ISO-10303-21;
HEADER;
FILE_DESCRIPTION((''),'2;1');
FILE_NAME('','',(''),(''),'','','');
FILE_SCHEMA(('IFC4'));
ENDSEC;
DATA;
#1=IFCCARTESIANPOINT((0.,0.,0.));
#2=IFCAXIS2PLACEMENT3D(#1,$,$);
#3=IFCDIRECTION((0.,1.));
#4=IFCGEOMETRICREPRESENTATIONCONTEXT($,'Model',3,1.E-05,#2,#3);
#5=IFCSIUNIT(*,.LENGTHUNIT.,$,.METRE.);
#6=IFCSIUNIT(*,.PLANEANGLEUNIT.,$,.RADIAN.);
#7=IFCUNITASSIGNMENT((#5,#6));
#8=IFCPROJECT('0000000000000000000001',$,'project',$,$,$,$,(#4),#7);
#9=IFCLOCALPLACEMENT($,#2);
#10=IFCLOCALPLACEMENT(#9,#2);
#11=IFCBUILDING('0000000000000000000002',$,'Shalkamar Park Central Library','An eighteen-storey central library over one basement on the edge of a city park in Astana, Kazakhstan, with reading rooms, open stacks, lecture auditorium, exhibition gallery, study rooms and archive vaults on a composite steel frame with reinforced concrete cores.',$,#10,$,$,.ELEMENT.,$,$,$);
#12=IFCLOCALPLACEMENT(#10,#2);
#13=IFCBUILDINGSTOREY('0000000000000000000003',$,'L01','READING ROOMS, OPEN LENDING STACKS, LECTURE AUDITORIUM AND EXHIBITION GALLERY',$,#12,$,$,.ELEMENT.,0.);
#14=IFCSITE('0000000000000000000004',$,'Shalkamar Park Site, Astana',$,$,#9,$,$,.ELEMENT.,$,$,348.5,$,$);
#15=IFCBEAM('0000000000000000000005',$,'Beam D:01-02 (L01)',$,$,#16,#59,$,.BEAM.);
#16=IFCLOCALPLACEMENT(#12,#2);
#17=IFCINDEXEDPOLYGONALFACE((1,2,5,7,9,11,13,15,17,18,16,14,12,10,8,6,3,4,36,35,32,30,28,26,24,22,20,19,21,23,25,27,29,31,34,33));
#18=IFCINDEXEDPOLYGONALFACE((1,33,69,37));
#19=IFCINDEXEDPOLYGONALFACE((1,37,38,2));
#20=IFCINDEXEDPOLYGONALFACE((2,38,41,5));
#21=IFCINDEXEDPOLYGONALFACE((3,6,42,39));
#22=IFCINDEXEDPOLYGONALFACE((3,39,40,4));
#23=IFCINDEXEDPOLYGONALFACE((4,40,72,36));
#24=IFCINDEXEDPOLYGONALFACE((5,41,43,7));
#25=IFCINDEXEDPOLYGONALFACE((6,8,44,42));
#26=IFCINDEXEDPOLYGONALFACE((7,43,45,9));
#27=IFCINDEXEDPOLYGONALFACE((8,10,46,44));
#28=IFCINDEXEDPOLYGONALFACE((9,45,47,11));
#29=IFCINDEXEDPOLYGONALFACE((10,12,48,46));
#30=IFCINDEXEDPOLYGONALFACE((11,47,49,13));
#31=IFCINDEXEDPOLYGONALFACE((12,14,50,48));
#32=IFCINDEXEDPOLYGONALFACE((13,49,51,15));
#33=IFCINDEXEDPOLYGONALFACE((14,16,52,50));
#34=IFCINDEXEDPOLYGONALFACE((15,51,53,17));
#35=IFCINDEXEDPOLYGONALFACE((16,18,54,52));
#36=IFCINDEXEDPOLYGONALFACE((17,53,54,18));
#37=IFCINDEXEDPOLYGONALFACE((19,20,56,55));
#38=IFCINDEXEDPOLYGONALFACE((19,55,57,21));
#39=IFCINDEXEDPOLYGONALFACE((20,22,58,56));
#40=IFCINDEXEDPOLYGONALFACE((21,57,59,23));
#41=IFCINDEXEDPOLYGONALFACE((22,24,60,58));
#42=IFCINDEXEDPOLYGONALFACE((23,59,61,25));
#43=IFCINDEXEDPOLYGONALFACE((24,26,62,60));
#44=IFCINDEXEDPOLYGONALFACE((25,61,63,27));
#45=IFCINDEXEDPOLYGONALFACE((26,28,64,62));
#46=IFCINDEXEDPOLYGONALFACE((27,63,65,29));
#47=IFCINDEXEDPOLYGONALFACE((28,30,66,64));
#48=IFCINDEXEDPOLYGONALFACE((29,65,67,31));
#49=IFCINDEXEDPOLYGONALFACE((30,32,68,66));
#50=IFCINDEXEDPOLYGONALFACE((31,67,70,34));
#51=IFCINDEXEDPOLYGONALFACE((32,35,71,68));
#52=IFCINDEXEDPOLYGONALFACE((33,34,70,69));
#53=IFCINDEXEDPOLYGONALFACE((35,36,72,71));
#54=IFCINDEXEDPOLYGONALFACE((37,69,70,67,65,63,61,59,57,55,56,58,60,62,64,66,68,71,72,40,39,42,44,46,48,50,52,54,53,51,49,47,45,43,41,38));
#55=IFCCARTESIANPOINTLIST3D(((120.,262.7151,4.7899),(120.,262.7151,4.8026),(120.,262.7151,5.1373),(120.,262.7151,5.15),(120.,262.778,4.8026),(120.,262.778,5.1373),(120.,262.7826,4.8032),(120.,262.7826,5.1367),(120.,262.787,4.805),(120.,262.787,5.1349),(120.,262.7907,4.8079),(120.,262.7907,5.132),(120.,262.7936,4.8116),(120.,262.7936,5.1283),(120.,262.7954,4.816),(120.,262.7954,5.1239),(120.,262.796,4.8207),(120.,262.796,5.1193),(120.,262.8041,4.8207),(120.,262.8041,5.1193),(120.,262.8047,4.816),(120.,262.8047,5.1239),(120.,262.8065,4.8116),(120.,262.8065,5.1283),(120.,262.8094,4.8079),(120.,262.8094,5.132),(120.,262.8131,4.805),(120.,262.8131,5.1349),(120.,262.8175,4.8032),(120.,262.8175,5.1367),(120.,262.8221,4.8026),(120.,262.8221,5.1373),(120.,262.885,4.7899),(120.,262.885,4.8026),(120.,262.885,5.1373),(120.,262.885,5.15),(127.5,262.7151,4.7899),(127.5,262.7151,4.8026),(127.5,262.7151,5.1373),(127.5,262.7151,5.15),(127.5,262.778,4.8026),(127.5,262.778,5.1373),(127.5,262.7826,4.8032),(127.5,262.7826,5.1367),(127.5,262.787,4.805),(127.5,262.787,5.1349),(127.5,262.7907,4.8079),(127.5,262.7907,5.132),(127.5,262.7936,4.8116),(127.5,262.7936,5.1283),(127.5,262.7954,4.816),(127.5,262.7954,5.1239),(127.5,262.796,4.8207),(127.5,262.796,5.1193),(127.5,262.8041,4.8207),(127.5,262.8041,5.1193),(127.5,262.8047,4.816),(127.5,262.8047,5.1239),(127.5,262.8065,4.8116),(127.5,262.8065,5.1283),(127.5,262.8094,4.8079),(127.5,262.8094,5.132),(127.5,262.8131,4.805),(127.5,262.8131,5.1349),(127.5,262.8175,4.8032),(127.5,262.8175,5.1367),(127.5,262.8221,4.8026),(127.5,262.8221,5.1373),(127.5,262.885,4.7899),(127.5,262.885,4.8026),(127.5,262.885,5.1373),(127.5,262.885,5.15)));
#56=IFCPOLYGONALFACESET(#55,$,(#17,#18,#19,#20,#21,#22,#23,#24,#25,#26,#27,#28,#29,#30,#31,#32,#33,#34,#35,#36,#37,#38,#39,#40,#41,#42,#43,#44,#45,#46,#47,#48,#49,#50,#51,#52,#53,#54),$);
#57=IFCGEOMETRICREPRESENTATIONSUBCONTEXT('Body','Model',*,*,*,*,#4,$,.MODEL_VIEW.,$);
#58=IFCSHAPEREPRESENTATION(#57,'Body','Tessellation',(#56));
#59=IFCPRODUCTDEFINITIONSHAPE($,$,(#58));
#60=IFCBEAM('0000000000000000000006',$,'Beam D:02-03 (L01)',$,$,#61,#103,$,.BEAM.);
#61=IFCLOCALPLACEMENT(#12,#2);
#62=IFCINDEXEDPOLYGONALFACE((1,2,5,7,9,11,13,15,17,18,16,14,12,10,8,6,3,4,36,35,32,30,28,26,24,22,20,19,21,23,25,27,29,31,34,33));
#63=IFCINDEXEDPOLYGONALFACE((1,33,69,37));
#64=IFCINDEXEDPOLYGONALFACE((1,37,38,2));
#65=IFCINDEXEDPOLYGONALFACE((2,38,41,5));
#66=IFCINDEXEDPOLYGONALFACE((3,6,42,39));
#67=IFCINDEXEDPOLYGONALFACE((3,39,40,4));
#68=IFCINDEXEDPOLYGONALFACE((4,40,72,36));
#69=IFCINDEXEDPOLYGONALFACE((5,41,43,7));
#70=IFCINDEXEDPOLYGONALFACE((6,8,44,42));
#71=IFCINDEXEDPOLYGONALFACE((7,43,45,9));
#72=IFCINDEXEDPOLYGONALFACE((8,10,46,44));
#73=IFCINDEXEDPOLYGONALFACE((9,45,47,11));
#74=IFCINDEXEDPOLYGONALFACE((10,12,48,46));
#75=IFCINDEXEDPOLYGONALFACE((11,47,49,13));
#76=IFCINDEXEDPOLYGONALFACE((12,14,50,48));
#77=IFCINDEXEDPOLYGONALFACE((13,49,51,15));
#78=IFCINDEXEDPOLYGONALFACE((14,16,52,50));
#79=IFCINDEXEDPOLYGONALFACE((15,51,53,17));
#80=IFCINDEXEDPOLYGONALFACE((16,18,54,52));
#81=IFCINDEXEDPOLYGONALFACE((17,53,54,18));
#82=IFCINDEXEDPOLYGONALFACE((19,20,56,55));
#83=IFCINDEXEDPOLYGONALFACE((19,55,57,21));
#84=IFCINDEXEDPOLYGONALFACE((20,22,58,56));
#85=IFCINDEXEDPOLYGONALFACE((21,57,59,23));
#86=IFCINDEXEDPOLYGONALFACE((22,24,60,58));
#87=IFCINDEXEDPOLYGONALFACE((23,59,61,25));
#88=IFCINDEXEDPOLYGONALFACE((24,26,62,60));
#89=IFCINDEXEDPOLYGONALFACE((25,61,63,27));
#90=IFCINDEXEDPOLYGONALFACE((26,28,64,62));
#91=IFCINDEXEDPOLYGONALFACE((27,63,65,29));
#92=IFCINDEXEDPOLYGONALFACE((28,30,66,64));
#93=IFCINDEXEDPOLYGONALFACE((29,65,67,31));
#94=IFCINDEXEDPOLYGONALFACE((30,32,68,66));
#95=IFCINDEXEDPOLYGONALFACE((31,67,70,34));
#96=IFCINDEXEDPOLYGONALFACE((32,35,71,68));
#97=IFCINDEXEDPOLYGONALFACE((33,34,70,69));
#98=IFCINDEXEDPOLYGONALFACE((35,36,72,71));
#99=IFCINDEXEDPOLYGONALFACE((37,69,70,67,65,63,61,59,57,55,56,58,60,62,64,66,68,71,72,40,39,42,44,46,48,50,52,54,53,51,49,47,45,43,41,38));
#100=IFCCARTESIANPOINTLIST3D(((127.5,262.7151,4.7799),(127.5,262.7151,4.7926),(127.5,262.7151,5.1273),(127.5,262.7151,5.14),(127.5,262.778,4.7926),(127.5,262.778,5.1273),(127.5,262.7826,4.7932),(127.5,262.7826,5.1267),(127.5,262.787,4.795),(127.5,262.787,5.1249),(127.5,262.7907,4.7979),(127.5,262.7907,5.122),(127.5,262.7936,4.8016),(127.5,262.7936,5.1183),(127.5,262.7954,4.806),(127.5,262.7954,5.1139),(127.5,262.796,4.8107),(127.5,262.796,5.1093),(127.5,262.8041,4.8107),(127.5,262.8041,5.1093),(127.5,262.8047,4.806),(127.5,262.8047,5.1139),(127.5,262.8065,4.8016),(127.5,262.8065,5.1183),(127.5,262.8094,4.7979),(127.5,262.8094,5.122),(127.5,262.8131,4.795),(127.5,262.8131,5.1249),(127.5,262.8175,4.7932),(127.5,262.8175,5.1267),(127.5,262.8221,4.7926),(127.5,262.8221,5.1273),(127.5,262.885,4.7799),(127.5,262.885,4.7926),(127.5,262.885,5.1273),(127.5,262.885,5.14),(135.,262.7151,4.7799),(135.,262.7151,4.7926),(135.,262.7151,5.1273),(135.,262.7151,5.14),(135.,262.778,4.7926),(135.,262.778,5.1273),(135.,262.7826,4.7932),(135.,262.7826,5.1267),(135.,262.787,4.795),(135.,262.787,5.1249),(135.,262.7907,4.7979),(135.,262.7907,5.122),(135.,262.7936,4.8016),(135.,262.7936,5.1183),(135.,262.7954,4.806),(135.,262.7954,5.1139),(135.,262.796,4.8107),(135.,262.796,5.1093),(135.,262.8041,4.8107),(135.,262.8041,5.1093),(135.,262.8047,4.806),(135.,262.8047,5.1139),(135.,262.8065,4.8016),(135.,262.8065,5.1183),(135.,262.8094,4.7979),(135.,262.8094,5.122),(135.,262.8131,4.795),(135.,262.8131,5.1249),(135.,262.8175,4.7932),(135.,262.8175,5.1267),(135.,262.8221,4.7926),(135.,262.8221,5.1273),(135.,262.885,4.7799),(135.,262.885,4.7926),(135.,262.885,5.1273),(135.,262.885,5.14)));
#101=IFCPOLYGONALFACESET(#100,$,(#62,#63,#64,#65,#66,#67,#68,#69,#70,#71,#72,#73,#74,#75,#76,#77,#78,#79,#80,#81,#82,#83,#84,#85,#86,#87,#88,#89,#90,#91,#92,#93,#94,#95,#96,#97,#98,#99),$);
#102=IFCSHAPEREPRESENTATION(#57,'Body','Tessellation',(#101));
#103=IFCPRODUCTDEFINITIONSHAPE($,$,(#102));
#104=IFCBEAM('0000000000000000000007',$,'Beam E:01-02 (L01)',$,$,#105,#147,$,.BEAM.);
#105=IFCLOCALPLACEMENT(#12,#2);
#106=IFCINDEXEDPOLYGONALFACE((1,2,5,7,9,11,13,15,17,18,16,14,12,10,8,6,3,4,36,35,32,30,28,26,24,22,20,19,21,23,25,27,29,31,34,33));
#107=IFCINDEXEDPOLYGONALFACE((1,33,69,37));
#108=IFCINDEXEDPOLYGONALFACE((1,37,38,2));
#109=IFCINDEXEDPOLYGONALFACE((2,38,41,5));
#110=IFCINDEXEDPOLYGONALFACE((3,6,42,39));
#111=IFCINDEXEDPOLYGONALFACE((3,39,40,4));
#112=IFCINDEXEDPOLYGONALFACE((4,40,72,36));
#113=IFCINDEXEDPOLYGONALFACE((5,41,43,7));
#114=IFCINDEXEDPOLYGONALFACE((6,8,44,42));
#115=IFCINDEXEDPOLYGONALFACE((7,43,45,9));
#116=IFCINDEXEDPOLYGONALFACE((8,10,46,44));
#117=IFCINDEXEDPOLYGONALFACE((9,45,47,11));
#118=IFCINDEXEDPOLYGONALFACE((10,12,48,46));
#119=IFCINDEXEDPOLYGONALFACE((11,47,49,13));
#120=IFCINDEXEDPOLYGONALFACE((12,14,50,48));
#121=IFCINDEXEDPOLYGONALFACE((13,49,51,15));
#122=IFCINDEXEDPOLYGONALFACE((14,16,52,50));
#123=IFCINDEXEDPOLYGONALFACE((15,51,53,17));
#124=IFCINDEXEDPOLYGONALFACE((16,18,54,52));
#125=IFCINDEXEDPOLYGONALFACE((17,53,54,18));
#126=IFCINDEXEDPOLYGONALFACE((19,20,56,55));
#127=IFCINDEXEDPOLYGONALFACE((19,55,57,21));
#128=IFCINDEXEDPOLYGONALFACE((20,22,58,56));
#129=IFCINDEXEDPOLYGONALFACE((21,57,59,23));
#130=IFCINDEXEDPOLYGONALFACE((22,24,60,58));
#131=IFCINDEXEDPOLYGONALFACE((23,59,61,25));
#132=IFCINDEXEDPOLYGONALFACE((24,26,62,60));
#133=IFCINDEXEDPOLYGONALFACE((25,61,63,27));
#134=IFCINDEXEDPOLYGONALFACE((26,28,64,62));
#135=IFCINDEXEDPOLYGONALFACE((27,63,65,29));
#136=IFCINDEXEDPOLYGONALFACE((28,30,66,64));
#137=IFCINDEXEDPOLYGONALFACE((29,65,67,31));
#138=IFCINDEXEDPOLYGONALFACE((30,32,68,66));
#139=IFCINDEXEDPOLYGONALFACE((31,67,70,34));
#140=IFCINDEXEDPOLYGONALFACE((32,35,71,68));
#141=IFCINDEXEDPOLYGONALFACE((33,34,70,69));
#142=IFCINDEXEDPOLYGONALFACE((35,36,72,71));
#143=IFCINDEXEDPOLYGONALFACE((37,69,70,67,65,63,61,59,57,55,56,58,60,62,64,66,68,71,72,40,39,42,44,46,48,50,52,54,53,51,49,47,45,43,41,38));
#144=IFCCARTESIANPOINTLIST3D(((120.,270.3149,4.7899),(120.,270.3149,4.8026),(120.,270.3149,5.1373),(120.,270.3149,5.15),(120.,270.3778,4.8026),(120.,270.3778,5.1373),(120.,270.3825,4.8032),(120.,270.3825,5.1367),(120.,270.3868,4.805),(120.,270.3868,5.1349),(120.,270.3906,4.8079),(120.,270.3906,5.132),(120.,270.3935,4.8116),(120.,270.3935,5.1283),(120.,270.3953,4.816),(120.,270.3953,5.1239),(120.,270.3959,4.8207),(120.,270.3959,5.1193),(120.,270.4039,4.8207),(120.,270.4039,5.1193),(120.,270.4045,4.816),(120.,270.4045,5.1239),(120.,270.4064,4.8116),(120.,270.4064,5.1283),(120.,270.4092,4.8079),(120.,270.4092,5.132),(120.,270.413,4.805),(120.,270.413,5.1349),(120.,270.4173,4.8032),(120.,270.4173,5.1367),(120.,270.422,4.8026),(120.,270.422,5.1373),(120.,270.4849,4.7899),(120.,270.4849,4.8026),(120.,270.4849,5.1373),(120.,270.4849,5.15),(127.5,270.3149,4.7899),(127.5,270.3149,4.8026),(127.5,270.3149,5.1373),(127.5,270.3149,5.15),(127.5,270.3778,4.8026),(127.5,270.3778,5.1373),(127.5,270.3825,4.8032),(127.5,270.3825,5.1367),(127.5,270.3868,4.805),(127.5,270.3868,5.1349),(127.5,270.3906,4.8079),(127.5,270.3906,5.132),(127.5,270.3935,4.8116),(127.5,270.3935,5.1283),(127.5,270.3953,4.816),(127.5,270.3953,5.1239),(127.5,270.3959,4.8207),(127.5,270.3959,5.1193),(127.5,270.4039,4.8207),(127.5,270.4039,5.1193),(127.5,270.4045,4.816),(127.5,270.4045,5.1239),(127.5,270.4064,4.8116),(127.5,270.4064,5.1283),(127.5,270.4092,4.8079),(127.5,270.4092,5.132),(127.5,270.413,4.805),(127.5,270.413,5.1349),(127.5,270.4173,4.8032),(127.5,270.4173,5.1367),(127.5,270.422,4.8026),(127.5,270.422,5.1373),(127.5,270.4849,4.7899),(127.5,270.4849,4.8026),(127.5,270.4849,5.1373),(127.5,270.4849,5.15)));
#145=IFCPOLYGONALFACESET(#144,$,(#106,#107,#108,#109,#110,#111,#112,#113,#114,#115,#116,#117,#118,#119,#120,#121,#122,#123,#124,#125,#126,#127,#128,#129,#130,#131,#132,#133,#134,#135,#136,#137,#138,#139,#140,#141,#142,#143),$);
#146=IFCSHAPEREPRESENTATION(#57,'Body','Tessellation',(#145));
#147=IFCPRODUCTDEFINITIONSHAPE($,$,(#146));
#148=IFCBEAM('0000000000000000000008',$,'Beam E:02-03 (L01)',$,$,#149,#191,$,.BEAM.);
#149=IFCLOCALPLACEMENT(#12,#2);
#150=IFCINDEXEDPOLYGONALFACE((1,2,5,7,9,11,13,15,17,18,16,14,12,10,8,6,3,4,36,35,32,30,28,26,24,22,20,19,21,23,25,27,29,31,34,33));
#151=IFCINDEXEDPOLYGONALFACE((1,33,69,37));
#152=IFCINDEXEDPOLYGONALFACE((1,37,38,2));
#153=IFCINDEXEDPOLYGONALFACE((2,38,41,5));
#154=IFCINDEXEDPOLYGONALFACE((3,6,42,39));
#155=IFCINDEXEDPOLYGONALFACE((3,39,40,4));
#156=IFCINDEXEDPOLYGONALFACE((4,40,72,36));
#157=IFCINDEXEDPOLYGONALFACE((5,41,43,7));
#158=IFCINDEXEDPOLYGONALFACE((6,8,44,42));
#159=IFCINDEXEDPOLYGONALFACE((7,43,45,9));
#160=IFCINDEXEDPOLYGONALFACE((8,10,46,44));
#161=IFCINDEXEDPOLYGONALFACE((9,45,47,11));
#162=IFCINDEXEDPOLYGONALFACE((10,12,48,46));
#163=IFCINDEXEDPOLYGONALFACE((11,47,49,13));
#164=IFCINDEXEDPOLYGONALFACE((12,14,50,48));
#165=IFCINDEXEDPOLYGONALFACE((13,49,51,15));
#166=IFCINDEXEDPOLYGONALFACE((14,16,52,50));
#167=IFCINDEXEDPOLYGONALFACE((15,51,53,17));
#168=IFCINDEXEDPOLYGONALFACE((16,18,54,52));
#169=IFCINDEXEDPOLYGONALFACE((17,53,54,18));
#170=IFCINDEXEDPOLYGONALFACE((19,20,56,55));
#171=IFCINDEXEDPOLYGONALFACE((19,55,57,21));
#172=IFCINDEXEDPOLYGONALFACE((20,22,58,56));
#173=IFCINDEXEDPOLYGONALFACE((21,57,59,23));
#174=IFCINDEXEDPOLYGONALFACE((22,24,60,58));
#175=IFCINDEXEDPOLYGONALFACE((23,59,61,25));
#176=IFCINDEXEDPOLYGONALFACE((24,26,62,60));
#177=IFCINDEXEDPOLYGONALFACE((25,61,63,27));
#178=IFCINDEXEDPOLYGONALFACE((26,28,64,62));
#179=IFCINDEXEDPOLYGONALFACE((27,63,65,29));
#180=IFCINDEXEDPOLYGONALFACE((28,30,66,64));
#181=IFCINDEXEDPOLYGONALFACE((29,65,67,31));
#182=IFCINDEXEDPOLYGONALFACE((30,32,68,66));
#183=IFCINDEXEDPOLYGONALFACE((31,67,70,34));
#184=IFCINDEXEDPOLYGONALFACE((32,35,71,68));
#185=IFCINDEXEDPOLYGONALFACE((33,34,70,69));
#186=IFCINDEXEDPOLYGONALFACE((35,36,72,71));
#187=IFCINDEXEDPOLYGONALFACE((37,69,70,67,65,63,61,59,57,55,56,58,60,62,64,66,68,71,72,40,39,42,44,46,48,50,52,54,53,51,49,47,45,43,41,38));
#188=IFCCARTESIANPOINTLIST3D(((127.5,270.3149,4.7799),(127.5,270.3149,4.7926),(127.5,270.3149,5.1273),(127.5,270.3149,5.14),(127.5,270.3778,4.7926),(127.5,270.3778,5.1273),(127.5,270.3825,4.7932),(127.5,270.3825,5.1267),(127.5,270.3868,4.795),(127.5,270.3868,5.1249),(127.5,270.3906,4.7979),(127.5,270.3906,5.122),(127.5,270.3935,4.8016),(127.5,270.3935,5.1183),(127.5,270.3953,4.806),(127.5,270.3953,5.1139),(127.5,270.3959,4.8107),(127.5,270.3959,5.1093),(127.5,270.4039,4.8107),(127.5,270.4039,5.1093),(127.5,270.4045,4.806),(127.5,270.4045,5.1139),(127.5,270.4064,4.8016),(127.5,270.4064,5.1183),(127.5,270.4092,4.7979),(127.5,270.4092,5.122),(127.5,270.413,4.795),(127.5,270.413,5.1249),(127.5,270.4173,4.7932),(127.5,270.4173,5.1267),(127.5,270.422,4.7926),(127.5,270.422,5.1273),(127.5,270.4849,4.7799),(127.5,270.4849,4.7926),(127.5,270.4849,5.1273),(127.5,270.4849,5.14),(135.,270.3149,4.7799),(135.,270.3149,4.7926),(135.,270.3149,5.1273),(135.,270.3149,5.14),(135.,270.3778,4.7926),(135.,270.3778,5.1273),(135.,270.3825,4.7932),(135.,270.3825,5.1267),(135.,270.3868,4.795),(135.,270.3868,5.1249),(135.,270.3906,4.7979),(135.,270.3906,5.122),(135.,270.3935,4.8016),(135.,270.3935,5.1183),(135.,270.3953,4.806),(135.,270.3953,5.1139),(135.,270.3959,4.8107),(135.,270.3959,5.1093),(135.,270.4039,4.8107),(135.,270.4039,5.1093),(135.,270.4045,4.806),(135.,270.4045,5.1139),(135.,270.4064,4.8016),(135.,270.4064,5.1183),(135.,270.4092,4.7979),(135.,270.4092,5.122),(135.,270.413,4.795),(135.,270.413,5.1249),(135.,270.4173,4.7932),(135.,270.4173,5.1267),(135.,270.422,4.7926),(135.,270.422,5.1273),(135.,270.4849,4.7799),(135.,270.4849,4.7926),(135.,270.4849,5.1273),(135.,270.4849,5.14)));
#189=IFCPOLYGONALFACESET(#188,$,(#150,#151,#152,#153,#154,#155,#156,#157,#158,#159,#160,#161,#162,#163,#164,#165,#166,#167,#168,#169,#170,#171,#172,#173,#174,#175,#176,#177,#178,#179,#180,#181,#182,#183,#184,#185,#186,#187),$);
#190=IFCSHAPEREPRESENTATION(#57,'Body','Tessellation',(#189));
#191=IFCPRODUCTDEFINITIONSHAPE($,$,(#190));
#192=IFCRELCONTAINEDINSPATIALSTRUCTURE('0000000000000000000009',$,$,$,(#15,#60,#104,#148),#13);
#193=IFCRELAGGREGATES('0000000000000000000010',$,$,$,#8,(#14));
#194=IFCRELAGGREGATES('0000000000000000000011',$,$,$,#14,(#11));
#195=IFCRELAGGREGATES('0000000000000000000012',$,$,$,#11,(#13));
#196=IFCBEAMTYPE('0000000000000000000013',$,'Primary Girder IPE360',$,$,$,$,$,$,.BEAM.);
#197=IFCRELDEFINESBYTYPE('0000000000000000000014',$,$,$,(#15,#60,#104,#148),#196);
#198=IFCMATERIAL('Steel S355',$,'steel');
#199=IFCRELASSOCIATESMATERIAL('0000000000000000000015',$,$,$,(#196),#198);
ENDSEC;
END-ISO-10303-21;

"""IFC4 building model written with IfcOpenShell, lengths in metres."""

from ifc_helpers import new_model, si_unit, direction, frame, origin, origin_2d, place, context, subcontext, project, spatial, i_section, extrude, material, material_profile, profile_set, type_object, element, save


model = new_model("IFC4")

# Units and contexts
model_context = context("Model", 3, precision=1e-05, world=origin(), true_north=direction((0.0, 1.0)))
body_context = subcontext(model_context, "Body", "Model", "MODEL_VIEW")
ifc_project = project(units=[si_unit("LENGTHUNIT", "METRE"), si_unit("PLANEANGLEUNIT", "RADIAN")], contexts=[model_context])

# Site, building, storey
site_placement = place(None, origin())
site = spatial("IfcSite", under=ifc_project, at=site_placement, Name="Shalkamar Park Site, Astana", CompositionType="ELEMENT", RefElevation=348.5)
building_placement = place(site_placement, origin())
building = spatial("IfcBuilding", under=site, at=building_placement, Name="Shalkamar Park Central Library", Description="An eighteen-storey central library over one basement on the edge of a city park in Astana, Kazakhstan, with reading rooms, open stacks, lecture auditorium, exhibition gallery, study rooms and archive vaults on a composite steel frame with reinforced concrete cores.", CompositionType="ELEMENT")
storey_placement = place(building_placement, origin())
storey = spatial("IfcBuildingStorey", under=building, at=storey_placement, Name="L01", Description="READING ROOMS, OPEN LENDING STACKS, LECTURE AUDITORIUM AND EXHIBITION GALLERY", CompositionType="ELEMENT", Elevation=0.0)

# Shared definitions
ifc_material_1 = material(Name="Steel S355", Category="steel")

# Beams
ifc_material_profile_1 = material_profile(ifc_material_1, i_section(OverallWidth=0.1699, OverallDepth=0.3601, WebThickness=0.0081, FlangeThickness=0.0127, FilletRadius=0.0181, at=origin_2d()), Name="IPE 360")
ifc_profile_set_1 = profile_set([ifc_material_profile_1], Name="Steel S355")
beam_type_1 = type_object("IfcBeamType", Name="Primary Girder IPE360", PredefinedType="BEAM", material=ifc_profile_set_1)
for number, where, z_axis, x_axis, name in (
    (1, (120.0, 262.8, 4.97), (1.0, 0.0, 0.0), (0.0, 1.0, 0.0), "Beam D:01-02 (L01)"),
    (2, (127.5, 262.8, 4.96), (1.0, 0.0, 0.0), (0.0, 1.0, 0.0), "Beam D:02-03 (L01)"),
    (3, (120.0, 270.3999, 4.97), (1.0, 0.0, 0.0), (0.0, 1.0, 0.0), "Beam E:01-02 (L01)"),
    (4, (127.5, 270.3999, 4.96), (1.0, 0.0, 0.0), (0.0, 1.0, 0.0), "Beam E:02-03 (L01)"),
):
    element("IfcBeam", number, at=place(storey_placement, frame(where, z_axis=z_axis, x_axis=x_axis)), inside=storey, type_object=beam_type_1, Name=name, PredefinedType="BEAM", context=body_context, shape_type="SweptSolid", body=[
        extrude(i_section(OverallWidth=0.1699, OverallDepth=0.3601, WebThickness=0.0081, FlangeThickness=0.0127, FilletRadius=0.0181, at=origin_2d()), origin(), (0.0, 0.0, 1.0), 7.5),
    ])

save(model, "model.ifc")
